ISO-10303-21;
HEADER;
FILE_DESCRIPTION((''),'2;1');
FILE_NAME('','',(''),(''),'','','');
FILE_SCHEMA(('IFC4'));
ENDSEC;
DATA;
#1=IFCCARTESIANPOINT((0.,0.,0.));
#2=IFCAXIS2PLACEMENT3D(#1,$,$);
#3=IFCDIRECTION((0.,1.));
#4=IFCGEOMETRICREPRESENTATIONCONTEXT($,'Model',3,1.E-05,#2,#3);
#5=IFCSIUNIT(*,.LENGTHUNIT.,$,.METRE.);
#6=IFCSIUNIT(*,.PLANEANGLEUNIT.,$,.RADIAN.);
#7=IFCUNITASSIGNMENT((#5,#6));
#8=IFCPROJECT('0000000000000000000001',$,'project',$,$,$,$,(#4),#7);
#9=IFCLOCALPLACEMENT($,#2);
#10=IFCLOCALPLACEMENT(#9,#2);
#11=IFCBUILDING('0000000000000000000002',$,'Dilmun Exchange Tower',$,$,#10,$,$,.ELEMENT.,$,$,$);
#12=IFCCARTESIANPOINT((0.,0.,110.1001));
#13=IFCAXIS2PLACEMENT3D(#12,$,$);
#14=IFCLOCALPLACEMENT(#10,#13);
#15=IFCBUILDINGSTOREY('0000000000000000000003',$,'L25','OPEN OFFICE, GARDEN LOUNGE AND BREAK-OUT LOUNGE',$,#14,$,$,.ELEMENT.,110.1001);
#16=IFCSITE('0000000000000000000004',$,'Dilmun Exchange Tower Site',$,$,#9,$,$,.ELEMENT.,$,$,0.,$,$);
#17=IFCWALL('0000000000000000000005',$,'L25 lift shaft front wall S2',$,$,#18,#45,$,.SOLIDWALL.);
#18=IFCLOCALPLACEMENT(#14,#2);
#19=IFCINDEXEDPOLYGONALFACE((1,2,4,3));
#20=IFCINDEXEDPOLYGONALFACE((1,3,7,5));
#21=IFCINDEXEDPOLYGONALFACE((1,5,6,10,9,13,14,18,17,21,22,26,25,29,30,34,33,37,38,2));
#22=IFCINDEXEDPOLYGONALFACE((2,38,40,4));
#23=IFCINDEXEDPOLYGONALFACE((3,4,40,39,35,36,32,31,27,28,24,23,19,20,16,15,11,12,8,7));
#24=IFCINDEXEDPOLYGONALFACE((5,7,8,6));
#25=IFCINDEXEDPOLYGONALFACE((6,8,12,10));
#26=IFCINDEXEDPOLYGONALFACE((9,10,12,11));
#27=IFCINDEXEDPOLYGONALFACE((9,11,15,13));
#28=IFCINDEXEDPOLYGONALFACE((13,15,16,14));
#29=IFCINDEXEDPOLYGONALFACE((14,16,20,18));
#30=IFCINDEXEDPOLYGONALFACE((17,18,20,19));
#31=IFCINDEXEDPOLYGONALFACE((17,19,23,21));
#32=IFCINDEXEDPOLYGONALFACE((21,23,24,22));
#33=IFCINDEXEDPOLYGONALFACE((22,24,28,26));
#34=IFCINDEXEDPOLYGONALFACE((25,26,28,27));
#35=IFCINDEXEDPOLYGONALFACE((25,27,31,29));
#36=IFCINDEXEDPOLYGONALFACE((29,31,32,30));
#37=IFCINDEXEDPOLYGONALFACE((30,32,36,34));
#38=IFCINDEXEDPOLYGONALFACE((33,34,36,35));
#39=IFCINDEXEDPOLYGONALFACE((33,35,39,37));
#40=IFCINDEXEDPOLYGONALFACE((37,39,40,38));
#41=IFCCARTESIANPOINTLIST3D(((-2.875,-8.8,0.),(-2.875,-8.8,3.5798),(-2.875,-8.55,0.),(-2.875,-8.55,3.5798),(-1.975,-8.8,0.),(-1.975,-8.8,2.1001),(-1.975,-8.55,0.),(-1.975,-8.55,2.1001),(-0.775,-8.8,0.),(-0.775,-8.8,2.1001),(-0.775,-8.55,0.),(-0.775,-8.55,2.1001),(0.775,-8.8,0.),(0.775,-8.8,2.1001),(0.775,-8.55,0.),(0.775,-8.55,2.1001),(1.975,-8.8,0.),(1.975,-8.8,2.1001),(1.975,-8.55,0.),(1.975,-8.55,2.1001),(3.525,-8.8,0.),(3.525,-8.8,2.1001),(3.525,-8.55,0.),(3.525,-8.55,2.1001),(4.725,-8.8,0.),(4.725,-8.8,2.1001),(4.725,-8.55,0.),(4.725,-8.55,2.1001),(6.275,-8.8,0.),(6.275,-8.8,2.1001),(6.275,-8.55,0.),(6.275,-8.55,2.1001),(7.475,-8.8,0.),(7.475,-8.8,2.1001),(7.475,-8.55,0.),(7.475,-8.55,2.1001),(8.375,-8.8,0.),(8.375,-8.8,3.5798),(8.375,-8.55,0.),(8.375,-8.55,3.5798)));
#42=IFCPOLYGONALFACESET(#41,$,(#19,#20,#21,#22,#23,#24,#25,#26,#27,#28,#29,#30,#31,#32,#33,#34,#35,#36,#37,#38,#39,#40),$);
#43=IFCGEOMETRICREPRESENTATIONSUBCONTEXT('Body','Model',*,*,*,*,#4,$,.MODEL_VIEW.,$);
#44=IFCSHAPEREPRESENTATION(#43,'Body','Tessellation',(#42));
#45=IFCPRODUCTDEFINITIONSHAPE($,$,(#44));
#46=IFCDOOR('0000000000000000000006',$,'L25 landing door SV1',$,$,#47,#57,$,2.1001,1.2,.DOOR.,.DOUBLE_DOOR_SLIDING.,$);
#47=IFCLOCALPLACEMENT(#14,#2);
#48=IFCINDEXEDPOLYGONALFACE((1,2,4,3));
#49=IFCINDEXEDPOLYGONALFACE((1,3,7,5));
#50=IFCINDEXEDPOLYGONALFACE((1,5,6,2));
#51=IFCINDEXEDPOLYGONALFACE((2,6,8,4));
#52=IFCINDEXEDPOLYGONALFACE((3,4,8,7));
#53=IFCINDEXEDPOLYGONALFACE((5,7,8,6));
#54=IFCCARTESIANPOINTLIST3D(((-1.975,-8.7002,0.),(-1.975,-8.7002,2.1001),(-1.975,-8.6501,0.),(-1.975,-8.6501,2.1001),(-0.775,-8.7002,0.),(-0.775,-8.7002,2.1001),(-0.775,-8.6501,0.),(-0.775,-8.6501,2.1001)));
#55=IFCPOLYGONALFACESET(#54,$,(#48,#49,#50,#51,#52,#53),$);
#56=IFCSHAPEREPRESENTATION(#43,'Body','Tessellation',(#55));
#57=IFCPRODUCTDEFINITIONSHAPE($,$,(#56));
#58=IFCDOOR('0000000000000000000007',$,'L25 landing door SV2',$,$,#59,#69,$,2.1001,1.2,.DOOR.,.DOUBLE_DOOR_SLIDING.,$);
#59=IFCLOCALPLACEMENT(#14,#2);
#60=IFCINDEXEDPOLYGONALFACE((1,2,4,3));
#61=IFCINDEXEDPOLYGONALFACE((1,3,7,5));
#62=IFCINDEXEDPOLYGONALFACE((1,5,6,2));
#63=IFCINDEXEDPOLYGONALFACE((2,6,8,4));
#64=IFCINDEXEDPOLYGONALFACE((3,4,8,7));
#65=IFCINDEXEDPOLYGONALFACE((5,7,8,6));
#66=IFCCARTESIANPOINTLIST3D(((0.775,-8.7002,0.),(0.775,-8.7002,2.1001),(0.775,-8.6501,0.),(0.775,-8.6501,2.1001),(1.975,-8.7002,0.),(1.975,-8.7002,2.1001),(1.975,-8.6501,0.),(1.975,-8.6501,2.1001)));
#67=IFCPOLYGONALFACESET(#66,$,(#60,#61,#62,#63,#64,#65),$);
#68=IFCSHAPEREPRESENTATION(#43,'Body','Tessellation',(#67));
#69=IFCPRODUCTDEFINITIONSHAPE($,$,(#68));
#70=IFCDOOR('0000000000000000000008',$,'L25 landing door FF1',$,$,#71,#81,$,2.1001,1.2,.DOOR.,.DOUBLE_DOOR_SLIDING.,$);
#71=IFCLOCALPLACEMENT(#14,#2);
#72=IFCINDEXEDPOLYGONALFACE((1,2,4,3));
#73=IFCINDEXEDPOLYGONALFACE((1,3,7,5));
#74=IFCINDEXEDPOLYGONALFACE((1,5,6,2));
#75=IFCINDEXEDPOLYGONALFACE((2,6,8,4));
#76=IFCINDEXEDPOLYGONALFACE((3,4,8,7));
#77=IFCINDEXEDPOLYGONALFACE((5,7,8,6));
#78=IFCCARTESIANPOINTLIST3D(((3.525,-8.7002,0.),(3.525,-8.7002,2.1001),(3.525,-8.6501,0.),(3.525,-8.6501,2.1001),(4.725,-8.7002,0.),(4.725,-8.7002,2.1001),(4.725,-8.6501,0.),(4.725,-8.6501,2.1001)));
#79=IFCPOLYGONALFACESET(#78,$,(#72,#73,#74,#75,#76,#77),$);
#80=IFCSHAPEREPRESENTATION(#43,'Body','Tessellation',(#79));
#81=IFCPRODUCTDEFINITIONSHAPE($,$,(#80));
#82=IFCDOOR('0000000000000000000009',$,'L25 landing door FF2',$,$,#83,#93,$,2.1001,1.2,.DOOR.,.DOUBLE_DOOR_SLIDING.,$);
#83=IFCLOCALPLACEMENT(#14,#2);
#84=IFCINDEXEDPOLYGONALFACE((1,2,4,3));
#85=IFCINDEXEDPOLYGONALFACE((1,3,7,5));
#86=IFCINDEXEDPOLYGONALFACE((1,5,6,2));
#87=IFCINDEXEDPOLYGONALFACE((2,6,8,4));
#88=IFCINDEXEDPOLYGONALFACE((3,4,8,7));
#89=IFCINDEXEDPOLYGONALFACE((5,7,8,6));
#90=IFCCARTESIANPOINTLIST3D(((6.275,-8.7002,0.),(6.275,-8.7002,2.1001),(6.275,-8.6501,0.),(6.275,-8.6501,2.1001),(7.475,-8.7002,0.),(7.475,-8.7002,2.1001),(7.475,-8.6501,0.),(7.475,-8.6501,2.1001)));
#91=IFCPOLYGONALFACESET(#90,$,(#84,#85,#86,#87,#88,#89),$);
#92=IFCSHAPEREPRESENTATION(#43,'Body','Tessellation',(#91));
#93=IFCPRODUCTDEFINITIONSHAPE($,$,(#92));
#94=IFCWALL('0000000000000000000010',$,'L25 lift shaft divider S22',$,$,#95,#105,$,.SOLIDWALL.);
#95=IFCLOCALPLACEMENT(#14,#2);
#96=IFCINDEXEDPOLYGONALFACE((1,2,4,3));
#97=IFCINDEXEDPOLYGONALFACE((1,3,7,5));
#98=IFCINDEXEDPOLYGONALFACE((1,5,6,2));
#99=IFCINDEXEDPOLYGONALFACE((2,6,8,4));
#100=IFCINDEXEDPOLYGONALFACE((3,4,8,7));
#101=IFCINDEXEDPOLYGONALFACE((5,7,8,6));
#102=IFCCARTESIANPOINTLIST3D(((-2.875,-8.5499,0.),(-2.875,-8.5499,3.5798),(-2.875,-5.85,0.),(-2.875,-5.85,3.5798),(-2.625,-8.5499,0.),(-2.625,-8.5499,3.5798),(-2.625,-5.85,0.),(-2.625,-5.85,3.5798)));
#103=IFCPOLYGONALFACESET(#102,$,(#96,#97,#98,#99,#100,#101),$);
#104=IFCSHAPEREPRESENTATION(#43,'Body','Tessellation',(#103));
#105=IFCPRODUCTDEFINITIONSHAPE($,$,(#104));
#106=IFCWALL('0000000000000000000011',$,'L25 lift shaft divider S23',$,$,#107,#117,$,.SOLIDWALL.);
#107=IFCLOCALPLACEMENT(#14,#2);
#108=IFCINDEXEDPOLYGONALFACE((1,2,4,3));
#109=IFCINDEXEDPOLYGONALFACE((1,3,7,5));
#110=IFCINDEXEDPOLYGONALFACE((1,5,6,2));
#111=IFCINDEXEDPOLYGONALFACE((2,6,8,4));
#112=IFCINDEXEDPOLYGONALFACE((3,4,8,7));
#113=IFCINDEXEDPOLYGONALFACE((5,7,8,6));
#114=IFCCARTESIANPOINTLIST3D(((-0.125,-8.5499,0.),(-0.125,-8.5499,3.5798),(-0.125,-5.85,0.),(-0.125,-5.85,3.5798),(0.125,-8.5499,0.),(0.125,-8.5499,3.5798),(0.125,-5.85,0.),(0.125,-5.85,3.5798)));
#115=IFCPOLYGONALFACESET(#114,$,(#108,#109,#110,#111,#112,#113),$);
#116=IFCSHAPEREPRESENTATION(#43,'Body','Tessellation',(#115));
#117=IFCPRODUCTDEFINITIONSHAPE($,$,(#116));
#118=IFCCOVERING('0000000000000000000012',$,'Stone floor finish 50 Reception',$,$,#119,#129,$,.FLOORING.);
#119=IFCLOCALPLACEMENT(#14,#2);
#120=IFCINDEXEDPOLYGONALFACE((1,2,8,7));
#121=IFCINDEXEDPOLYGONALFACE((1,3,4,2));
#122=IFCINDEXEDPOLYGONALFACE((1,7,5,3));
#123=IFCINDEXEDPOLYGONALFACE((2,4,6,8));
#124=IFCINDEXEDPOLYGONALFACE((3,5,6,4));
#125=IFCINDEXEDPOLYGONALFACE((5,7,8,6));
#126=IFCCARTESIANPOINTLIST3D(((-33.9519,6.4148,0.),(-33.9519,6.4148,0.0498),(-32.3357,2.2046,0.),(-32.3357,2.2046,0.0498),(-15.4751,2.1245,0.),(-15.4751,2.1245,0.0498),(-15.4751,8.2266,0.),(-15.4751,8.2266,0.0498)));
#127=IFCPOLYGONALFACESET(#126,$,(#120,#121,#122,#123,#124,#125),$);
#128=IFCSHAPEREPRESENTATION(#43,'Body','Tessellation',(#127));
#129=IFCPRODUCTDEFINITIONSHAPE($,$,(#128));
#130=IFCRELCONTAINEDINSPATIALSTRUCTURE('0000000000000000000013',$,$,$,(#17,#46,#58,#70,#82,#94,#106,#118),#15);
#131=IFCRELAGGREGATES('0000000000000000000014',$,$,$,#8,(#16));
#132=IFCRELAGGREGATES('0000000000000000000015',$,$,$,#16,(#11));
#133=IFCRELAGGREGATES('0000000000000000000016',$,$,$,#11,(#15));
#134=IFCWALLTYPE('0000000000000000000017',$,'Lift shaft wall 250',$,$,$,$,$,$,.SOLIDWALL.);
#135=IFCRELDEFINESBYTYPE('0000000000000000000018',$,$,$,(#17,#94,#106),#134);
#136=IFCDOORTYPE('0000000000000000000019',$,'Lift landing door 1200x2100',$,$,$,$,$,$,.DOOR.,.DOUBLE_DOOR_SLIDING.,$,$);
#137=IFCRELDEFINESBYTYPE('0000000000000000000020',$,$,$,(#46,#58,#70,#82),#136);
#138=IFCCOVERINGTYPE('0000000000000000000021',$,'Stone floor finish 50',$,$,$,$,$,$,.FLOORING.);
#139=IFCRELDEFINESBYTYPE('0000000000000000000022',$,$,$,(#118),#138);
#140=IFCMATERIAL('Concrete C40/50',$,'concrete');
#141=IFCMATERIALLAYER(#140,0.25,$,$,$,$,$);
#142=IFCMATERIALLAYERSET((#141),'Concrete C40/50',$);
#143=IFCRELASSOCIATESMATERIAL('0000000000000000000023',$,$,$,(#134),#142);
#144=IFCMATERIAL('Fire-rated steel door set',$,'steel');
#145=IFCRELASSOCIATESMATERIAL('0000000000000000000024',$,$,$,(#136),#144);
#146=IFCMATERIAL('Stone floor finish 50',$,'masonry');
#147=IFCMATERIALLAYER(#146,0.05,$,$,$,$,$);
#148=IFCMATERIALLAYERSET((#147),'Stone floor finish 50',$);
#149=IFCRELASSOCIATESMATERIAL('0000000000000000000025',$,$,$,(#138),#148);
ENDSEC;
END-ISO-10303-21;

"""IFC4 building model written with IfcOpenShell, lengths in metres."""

from ifc_helpers import new_model, si_unit, direction, frame, frame_2d, origin, place, context, subcontext, project, spatial, polyline, rectangle, outline, extrude, material, layer, layer_set, type_object, element, fill, save


model = new_model("IFC4")

# Units and contexts
model_context = context("Model", 3, precision=1e-05, world=origin(), true_north=direction((0.0, 1.0)))
body_context = subcontext(model_context, "Body", "Model", "MODEL_VIEW")
ifc_project = project(units=[si_unit("LENGTHUNIT", "METRE"), si_unit("PLANEANGLEUNIT", "RADIAN")], contexts=[model_context])

# Site, building, storey
site_placement = place(None, origin())
site = spatial("IfcSite", under=ifc_project, at=site_placement, Name="Dilmun Exchange Tower Site", CompositionType="ELEMENT", RefElevation=0.0)
building_placement = place(site_placement, origin())
building = spatial("IfcBuilding", under=site, at=building_placement, Name="Dilmun Exchange Tower", CompositionType="ELEMENT")
storey_placement = place(building_placement, frame((0.0, 0.0, 110.1001)))
storey = spatial("IfcBuildingStorey", under=building, at=storey_placement, Name="L25", Description="OPEN OFFICE, GARDEN LOUNGE AND BREAK-OUT LOUNGE", CompositionType="ELEMENT", Elevation=110.1001)

# Shared definitions
ifc_material_1 = material(Name="Concrete C40/50", Category="concrete")

# Shared definitions
ifc_layer_1 = layer(ifc_material_1, 0.25)
ifc_layer_set_1 = layer_set([ifc_layer_1], Name="Concrete C40/50")
wall_type_1 = type_object("IfcWallType", Name="Lift shaft wall 250", PredefinedType="SOLIDWALL", material=ifc_layer_set_1)

# Wall, openings, doors
wall_1_placement = place(storey_placement, frame((-2.875, -8.675, 0.0), z_axis=(0.0, 0.0, 1.0), x_axis=(1.0, 0.0, 0.0)))
wall_1 = element("IfcWall", 1, at=wall_1_placement, inside=storey, type_object=wall_type_1, Name="L25 lift shaft front wall S2", PredefinedType="SOLIDWALL", context=body_context, shape_type="SweptSolid", body=[
    extrude(rectangle(XDim=11.25, YDim=0.25, at=frame_2d((5.625, 0.0))), origin(), (0.0, 0.0, 1.0), 3.5798),
])
opening_1_placement = place(wall_1_placement, frame((0.8999, 0.0, 0.0)))
opening_1 = element("IfcOpeningElement", 2, at=opening_1_placement, cuts=wall_1, PredefinedType="OPENING", context=body_context, shape_type="SweptSolid", body=[
    extrude(rectangle(XDim=1.2, YDim=2.1001, at=frame_2d((0.6001, 1.05))), frame((0.0, 0.135, 0.0), z_axis=(0.0, -1.0, 0.0), x_axis=(1.0, 0.0, 0.0)), (0.0, 0.0, 1.0), 0.27),
])
opening_2_placement = place(wall_1_placement, frame((3.6499, 0.0, 0.0)))
opening_2 = element("IfcOpeningElement", 3, at=opening_2_placement, cuts=wall_1, PredefinedType="OPENING", context=body_context, shape_type="SweptSolid", body=[
    extrude(rectangle(XDim=1.2, YDim=2.1001, at=frame_2d((0.6001, 1.05))), frame((0.0, 0.135, 0.0), z_axis=(0.0, -1.0, 0.0), x_axis=(1.0, 0.0, 0.0)), (0.0, 0.0, 1.0), 0.27),
])
opening_3_placement = place(wall_1_placement, frame((6.3999, 0.0, 0.0)))
opening_3 = element("IfcOpeningElement", 4, at=opening_3_placement, cuts=wall_1, PredefinedType="OPENING", context=body_context, shape_type="SweptSolid", body=[
    extrude(rectangle(XDim=1.2, YDim=2.1001, at=frame_2d((0.6001, 1.05))), frame((0.0, 0.135, 0.0), z_axis=(0.0, -1.0, 0.0), x_axis=(1.0, 0.0, 0.0)), (0.0, 0.0, 1.0), 0.27),
])
opening_4_placement = place(wall_1_placement, frame((9.1499, 0.0, 0.0)))
opening_4 = element("IfcOpeningElement", 5, at=opening_4_placement, cuts=wall_1, PredefinedType="OPENING", context=body_context, shape_type="SweptSolid", body=[
    extrude(rectangle(XDim=1.2, YDim=2.1001, at=frame_2d((0.6001, 1.05))), frame((0.0, 0.135, 0.0), z_axis=(0.0, -1.0, 0.0), x_axis=(1.0, 0.0, 0.0)), (0.0, 0.0, 1.0), 0.27),
])
ifc_material_2 = material(Name="Fire-rated steel door set", Category="steel")
door_type = type_object("IfcDoorType", Name="Lift landing door 1200x2100", OperationType="DOUBLE_DOOR_SLIDING", PredefinedType="DOOR", material=ifc_material_2)
door_1_placement = place(opening_1_placement, origin())
door_1 = element("IfcDoor", 6, at=door_1_placement, inside=storey, type_object=door_type, Name="L25 landing door SV1", OperationType="DOUBLE_DOOR_SLIDING", OverallHeight=2.1001, OverallWidth=1.2, PredefinedType="DOOR", context=body_context, shape_type="SweptSolid", body=[
    extrude(rectangle(XDim=1.2, YDim=2.1001, at=frame_2d((0.6001, 1.05))), frame((0.0, 0.0249, 0.0), z_axis=(0.0, -1.0, 0.0), x_axis=(1.0, 0.0, 0.0)), (0.0, 0.0, 1.0), 0.05),
])
fill(opening_1, door_1)
door_2_placement = place(opening_2_placement, origin())
door_2 = element("IfcDoor", 7, at=door_2_placement, inside=storey, type_object=door_type, Name="L25 landing door SV2", OperationType="DOUBLE_DOOR_SLIDING", OverallHeight=2.1001, OverallWidth=1.2, PredefinedType="DOOR", context=body_context, shape_type="SweptSolid", body=[
    extrude(rectangle(XDim=1.2, YDim=2.1001, at=frame_2d((0.6001, 1.05))), frame((0.0, 0.0249, 0.0), z_axis=(0.0, -1.0, 0.0), x_axis=(1.0, 0.0, 0.0)), (0.0, 0.0, 1.0), 0.05),
])
fill(opening_2, door_2)
door_3_placement = place(opening_3_placement, origin())
door_3 = element("IfcDoor", 8, at=door_3_placement, inside=storey, type_object=door_type, Name="L25 landing door FF1", OperationType="DOUBLE_DOOR_SLIDING", OverallHeight=2.1001, OverallWidth=1.2, PredefinedType="DOOR", context=body_context, shape_type="SweptSolid", body=[
    extrude(rectangle(XDim=1.2, YDim=2.1001, at=frame_2d((0.6001, 1.05))), frame((0.0, 0.0249, 0.0), z_axis=(0.0, -1.0, 0.0), x_axis=(1.0, 0.0, 0.0)), (0.0, 0.0, 1.0), 0.05),
])
fill(opening_3, door_3)
door_4_placement = place(opening_4_placement, origin())
door_4 = element("IfcDoor", 9, at=door_4_placement, inside=storey, type_object=door_type, Name="L25 landing door FF2", OperationType="DOUBLE_DOOR_SLIDING", OverallHeight=2.1001, OverallWidth=1.2, PredefinedType="DOOR", context=body_context, shape_type="SweptSolid", body=[
    extrude(rectangle(XDim=1.2, YDim=2.1001, at=frame_2d((0.6001, 1.05))), frame((0.0, 0.0249, 0.0), z_axis=(0.0, -1.0, 0.0), x_axis=(1.0, 0.0, 0.0)), (0.0, 0.0, 1.0), 0.05),
])
fill(opening_4, door_4)

# Walls
for number, where, z_axis, x_axis, name in (
    (10, (-2.75, -8.55, 0.0), (0.0, 0.0, 1.0), (0.0, 1.0, 0.0), "L25 lift shaft divider S22"),
    (11, (0.0, -8.55, 0.0), (0.0, 0.0, 1.0), (0.0, 1.0, 0.0), "L25 lift shaft divider S23"),
):
    element("IfcWall", number, at=place(storey_placement, frame(where, z_axis=z_axis, x_axis=x_axis)), inside=storey, type_object=wall_type_1, Name=name, PredefinedType="SOLIDWALL", context=body_context, shape_type="SweptSolid", body=[
        extrude(rectangle(XDim=2.7, YDim=0.25, at=frame_2d((1.3501, 0.0))), origin(), (0.0, 0.0, 1.0), 3.5798),
    ])

# Covering
ifc_material_3 = material(Name="Stone floor finish 50", Category="masonry")
ifc_layer_2 = layer(ifc_material_3, 0.05)
ifc_layer_set_2 = layer_set([ifc_layer_2], Name="Stone floor finish 50")
covering_type = type_object("IfcCoveringType", Name="Stone floor finish 50", PredefinedType="FLOORING", material=ifc_layer_set_2)
covering_placement = place(storey_placement, origin())
element("IfcCovering", 12, at=covering_placement, inside=storey, type_object=covering_type, Name="Stone floor finish 50 Reception", PredefinedType="FLOORING", context=body_context, shape_type="SweptSolid", body=[
    extrude(outline(polyline([(-15.4751, 2.1245), (-32.3357, 2.2046), (-33.9519, 6.4148), (-15.4751, 8.2266), (-15.4751, 2.1245)])), origin(), (0.0, 0.0, 1.0), 0.0498),
])

save(model, "model.ifc")
